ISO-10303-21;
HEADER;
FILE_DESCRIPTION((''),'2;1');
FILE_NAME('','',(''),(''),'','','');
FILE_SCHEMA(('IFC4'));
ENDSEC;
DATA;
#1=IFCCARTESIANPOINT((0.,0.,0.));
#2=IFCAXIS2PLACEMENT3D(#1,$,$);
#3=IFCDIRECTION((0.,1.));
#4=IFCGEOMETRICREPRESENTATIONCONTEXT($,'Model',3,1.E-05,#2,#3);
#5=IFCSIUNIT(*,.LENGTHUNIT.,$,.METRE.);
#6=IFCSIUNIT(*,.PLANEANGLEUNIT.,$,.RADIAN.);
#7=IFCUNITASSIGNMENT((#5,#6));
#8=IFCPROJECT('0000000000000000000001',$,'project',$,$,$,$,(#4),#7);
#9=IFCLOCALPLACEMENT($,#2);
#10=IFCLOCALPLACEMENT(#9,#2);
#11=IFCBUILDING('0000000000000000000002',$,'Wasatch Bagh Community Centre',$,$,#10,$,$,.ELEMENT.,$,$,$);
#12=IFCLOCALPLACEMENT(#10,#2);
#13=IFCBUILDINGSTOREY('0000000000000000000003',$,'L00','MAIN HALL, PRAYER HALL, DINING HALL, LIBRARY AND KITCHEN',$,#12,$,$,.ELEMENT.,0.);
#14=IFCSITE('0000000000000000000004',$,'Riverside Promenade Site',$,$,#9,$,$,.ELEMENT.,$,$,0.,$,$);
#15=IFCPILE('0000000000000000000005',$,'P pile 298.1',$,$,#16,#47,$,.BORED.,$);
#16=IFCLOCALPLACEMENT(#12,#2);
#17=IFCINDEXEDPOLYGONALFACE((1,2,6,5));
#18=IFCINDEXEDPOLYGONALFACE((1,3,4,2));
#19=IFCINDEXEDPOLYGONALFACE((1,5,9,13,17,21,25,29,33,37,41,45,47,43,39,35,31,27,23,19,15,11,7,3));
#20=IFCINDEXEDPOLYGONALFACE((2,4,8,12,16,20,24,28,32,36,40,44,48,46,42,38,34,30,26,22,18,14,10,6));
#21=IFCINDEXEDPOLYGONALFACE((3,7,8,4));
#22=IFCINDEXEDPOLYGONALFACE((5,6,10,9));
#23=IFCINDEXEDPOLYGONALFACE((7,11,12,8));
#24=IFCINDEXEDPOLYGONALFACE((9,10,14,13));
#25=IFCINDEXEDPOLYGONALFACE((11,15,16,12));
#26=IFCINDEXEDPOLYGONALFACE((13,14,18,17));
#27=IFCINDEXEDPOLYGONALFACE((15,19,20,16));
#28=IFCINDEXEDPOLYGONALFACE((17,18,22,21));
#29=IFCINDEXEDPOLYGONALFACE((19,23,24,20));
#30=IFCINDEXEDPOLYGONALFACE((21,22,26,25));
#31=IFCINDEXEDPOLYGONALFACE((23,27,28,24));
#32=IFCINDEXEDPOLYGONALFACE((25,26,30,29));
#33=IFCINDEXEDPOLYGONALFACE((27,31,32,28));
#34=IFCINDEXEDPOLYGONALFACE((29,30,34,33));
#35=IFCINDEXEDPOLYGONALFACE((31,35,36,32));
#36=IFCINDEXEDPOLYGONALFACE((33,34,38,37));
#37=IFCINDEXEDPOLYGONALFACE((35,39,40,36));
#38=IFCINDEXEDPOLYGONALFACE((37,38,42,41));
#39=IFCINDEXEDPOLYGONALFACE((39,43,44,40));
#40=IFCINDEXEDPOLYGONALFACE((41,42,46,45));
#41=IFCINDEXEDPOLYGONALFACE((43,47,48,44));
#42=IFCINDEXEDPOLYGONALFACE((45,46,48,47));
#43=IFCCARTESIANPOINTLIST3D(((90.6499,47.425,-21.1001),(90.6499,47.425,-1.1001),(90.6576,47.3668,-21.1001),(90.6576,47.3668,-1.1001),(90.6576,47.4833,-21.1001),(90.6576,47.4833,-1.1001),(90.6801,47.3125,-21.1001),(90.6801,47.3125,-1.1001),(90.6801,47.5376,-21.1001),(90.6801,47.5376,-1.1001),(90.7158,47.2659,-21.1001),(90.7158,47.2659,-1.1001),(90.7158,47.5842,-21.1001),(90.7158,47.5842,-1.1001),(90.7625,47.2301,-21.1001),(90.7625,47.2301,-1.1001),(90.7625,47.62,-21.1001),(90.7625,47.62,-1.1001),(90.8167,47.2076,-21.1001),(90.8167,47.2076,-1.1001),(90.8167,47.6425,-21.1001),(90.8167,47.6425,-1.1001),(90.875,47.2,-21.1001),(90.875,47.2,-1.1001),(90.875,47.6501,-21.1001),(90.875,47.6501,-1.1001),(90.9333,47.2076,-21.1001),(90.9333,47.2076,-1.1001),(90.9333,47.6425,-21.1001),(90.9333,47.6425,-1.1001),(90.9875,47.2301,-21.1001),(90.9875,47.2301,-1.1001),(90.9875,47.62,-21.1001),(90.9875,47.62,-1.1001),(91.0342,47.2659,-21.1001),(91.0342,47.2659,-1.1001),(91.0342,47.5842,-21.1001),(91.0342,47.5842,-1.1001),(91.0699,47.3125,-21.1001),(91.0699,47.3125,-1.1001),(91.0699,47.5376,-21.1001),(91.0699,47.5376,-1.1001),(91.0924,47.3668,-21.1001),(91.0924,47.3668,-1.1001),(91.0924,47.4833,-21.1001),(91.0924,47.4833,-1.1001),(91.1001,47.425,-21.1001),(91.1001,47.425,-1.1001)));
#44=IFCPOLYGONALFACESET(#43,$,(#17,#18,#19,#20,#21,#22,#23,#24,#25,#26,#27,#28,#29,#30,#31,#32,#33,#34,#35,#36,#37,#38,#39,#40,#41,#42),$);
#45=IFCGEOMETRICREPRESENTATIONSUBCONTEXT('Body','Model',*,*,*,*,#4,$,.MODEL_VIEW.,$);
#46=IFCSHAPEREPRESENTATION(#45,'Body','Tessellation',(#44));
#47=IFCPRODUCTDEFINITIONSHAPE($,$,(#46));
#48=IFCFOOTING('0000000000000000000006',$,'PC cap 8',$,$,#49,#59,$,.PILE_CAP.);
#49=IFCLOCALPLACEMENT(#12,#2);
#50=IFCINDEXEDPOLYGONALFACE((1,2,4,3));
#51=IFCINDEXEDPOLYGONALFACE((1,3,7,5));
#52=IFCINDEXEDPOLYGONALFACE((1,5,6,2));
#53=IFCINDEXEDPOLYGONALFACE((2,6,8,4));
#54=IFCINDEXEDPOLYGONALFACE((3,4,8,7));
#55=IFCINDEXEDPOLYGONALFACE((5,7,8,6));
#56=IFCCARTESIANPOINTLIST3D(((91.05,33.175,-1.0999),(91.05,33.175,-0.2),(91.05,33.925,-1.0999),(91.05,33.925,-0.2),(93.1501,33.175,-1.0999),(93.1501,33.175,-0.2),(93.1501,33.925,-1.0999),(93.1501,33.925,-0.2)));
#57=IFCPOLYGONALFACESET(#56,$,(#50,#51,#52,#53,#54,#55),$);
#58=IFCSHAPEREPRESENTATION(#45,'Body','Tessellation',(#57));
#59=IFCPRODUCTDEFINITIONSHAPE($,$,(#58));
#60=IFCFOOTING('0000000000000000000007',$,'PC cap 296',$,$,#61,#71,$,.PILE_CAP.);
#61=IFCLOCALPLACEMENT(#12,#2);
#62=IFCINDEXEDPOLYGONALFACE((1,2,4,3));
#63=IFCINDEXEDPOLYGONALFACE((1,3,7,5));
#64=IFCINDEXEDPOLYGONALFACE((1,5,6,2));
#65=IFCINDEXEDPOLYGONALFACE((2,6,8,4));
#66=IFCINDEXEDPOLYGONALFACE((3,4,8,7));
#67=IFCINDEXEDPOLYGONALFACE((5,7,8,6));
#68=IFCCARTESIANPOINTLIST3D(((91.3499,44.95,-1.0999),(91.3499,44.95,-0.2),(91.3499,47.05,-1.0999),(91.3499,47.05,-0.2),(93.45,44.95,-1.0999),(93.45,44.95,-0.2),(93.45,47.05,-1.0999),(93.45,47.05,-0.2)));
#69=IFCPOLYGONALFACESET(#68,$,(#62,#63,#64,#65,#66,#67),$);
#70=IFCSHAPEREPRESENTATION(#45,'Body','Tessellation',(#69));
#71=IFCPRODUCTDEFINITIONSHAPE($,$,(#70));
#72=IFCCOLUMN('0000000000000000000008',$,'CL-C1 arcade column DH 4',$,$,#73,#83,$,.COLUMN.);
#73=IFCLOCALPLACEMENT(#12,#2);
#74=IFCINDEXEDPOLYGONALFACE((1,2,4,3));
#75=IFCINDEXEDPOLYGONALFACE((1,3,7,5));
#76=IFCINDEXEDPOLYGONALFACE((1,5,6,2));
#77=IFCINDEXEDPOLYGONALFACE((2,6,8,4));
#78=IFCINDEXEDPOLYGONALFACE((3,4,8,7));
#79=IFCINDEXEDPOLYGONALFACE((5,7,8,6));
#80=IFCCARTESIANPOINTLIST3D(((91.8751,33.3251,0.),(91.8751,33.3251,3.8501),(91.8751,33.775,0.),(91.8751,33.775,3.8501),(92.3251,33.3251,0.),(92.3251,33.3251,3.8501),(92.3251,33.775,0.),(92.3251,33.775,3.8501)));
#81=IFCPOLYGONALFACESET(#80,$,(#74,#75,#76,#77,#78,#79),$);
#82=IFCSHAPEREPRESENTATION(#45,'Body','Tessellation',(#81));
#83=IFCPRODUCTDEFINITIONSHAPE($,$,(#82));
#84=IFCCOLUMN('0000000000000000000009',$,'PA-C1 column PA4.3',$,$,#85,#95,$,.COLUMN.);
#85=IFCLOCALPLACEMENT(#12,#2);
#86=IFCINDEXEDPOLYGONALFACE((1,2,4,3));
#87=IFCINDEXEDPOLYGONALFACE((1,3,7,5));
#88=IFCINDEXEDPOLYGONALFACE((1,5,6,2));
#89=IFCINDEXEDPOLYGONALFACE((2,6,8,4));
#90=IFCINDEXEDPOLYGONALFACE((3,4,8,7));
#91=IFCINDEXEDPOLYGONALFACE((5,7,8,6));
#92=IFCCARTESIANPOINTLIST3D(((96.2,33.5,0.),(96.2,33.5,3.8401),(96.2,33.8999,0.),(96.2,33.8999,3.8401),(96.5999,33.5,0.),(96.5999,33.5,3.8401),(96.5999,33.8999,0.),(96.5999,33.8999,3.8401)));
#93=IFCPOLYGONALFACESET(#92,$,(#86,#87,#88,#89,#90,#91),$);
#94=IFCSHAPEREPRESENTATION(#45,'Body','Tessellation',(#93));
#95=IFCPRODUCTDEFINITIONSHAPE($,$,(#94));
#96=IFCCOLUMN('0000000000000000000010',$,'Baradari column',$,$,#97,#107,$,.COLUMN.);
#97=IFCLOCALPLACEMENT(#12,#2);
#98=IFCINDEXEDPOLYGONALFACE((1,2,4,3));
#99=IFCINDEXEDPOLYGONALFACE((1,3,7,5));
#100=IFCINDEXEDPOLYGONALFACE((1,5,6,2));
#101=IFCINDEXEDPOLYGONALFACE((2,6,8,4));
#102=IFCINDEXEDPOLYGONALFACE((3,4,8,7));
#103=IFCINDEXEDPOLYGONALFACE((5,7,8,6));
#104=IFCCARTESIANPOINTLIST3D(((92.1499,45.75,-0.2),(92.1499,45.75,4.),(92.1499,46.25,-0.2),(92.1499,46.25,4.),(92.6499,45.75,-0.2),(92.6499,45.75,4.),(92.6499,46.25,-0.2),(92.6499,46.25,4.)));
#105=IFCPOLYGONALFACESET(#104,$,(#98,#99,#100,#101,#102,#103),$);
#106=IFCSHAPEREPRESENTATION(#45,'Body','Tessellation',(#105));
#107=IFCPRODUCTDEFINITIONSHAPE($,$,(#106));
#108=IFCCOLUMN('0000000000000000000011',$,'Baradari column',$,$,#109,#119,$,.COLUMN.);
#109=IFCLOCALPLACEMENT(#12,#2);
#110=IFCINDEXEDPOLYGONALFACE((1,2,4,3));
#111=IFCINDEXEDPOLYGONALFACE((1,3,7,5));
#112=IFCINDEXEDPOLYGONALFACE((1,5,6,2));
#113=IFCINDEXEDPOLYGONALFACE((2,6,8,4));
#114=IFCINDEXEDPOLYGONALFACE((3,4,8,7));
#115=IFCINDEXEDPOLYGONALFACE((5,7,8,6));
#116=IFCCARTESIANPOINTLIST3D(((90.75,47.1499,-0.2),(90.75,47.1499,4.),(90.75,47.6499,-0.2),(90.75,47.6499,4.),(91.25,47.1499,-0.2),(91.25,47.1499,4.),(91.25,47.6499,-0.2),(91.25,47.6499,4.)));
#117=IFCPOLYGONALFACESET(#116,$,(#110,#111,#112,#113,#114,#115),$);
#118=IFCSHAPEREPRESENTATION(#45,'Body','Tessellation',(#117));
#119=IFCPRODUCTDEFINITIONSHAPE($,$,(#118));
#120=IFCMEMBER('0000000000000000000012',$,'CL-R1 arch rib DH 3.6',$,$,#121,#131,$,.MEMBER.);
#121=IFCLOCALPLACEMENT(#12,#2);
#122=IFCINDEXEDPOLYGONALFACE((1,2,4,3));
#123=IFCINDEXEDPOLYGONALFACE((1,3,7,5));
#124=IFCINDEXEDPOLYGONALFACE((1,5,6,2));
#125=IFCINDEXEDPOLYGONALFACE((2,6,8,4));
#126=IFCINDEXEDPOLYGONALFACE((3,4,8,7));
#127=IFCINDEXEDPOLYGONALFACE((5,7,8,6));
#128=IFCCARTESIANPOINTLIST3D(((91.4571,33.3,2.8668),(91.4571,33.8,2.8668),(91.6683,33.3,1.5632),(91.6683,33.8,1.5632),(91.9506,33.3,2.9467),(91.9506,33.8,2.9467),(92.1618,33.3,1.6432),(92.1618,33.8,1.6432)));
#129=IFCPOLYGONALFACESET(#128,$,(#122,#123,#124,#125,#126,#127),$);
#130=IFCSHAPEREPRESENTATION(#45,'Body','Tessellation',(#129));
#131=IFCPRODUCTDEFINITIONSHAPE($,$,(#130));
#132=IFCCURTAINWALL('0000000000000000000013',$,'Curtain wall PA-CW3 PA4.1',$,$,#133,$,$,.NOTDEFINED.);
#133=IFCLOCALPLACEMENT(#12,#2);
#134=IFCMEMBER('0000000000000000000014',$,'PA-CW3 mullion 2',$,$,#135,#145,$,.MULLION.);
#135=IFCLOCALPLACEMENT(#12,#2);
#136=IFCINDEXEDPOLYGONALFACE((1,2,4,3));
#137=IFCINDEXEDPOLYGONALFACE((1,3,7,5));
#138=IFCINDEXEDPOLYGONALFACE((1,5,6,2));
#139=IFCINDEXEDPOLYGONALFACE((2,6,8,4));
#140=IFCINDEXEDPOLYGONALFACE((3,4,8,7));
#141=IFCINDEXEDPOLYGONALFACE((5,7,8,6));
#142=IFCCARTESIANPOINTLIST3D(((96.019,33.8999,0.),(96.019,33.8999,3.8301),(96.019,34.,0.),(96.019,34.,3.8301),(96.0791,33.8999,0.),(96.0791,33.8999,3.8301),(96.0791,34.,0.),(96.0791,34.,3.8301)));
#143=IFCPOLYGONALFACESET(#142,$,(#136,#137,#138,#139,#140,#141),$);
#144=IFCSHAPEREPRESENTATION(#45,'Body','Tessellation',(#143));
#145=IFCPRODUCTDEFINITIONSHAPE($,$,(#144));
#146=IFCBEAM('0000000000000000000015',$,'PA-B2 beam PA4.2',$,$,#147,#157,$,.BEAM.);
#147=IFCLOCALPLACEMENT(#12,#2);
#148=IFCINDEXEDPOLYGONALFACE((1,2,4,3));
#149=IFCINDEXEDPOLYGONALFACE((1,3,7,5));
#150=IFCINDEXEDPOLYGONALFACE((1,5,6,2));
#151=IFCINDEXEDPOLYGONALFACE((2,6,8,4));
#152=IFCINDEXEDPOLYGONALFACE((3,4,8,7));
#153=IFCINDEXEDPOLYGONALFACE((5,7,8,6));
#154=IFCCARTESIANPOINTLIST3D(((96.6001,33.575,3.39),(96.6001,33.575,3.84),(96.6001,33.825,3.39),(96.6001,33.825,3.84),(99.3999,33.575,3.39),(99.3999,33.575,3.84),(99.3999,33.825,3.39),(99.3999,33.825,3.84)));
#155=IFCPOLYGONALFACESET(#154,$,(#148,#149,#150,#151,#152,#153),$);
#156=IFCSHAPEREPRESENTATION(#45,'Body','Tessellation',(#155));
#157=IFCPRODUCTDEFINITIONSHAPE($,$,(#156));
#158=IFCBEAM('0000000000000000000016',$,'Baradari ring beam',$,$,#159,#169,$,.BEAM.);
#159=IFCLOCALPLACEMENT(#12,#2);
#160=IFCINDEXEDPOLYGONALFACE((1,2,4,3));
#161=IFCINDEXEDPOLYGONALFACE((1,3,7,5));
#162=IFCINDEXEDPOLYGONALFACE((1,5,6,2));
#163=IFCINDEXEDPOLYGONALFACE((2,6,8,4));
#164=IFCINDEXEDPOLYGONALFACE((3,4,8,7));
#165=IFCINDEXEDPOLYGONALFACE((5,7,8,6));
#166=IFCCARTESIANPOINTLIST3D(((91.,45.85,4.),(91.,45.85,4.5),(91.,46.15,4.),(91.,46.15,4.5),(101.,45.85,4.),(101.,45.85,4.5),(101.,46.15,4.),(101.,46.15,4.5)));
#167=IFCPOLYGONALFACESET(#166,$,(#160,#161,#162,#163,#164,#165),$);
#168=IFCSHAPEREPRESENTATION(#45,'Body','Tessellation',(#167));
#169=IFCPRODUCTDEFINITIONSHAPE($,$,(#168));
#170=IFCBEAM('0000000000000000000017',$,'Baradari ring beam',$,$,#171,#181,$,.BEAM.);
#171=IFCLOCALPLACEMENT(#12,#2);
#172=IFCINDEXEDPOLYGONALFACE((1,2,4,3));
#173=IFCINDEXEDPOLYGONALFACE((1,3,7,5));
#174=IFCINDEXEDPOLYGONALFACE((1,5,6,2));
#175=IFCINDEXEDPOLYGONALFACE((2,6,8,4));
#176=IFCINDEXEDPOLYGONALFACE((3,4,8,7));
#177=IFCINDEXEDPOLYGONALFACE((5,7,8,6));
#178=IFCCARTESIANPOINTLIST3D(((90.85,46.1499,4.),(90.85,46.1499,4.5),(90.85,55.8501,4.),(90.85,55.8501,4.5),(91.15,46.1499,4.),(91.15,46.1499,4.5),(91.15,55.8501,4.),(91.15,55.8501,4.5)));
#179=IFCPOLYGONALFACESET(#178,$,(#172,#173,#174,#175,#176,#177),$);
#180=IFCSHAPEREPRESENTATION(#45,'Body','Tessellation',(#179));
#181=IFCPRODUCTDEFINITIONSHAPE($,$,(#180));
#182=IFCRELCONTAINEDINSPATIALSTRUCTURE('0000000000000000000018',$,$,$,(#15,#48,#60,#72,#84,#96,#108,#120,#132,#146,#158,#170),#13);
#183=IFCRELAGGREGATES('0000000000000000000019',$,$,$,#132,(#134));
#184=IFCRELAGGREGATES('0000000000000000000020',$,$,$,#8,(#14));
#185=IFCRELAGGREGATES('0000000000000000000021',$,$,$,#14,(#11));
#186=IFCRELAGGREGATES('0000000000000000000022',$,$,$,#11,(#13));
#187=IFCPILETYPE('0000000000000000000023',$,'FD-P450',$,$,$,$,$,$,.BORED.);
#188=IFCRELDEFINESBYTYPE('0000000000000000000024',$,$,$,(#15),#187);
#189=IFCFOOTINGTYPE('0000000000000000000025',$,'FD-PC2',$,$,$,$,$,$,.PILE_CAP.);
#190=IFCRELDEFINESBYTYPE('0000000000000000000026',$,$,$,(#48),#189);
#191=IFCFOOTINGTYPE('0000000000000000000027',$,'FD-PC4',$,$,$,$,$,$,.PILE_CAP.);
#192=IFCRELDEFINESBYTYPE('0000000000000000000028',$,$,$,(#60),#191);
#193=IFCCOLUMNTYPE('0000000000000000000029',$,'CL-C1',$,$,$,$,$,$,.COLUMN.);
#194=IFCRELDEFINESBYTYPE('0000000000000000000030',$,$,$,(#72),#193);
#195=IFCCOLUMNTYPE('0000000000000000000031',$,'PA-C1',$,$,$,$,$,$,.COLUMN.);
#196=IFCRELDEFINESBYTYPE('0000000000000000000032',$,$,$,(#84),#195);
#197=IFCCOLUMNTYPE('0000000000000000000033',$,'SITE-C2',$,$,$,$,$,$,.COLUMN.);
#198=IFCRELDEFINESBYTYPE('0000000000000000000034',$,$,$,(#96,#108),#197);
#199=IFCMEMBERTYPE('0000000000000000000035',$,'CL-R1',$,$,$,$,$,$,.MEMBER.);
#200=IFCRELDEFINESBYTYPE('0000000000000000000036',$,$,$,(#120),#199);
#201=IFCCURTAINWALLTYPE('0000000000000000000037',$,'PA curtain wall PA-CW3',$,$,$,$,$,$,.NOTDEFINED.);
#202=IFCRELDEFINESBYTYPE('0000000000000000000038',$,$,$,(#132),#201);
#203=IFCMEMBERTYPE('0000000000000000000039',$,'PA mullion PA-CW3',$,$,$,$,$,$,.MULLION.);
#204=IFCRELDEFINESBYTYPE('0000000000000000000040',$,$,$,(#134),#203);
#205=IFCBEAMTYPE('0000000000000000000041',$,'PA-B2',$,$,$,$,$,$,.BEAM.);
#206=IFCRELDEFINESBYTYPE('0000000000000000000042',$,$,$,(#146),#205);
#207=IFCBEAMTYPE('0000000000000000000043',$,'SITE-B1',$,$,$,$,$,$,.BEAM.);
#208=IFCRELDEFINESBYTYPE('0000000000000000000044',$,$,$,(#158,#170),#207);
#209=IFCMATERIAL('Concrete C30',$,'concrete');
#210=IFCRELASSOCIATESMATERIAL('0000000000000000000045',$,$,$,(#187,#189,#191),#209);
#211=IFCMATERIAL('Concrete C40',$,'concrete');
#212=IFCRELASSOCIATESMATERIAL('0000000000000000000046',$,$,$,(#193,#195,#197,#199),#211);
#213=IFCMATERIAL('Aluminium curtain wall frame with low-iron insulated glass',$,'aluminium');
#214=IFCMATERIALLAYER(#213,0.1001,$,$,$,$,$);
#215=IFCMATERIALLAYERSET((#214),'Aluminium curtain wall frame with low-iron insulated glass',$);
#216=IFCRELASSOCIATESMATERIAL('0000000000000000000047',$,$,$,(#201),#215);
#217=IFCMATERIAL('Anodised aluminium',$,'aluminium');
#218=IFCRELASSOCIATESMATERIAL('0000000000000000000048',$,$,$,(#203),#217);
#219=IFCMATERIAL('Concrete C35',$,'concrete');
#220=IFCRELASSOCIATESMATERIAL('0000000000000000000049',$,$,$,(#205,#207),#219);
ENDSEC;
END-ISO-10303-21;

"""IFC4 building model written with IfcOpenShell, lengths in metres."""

from ifc_helpers import new_model, si_unit, direction, frame, origin, origin_2d, place, context, subcontext, project, spatial, rectangle, circle, extrude, material, layer, layer_set, material_profile, profile_set, type_object, element, aggregate, save


model = new_model("IFC4")

# Units and contexts
model_context = context("Model", 3, precision=1e-05, world=origin(), true_north=direction((0.0, 1.0)))
body_context = subcontext(model_context, "Body", "Model", "MODEL_VIEW")
ifc_project = project(units=[si_unit("LENGTHUNIT", "METRE"), si_unit("PLANEANGLEUNIT", "RADIAN")], contexts=[model_context])

# Site, building, storey
site_placement = place(None, origin())
site = spatial("IfcSite", under=ifc_project, at=site_placement, Name="Riverside Promenade Site", CompositionType="ELEMENT", RefElevation=0.0)
building_placement = place(site_placement, origin())
building = spatial("IfcBuilding", under=site, at=building_placement, Name="Wasatch Bagh Community Centre", CompositionType="ELEMENT")
storey_placement = place(building_placement, origin())
storey = spatial("IfcBuildingStorey", under=building, at=storey_placement, Name="L00", Description="MAIN HALL, PRAYER HALL, DINING HALL, LIBRARY AND KITCHEN", CompositionType="ELEMENT", Elevation=0.0)

# Pile
ifc_material_1 = material(Name="Concrete C30", Category="concrete")
ifc_material_profile_1 = material_profile(ifc_material_1, circle(Radius=0.2251, at=origin_2d()), Name="RC D450")
ifc_profile_set_1 = profile_set([ifc_material_profile_1], Name="Concrete C30")
pile_type = type_object("IfcPileType", Name="FD-P450", PredefinedType="BORED", material=ifc_profile_set_1)
for number, where, z_axis, x_axis, name in (
    (1, (90.875, 47.425, -1.1001), (0.0, 0.0, -1.0), (1.0, 0.0, 0.0), "P pile 298.1"),
):
    element("IfcPile", number, at=place(storey_placement, frame(where, z_axis=z_axis, x_axis=x_axis)), inside=storey, type_object=pile_type, Name=name, PredefinedType="BORED", context=body_context, shape_type="SweptSolid", body=[
        extrude(circle(Radius=0.2251, at=origin_2d()), origin(), (0.0, 0.0, 1.0), 20.0),
    ])

# Footings
footing_type_1 = type_object("IfcFootingType", Name="FD-PC2", PredefinedType="PILE_CAP", material=ifc_material_1)
footing_1_placement = place(storey_placement, frame((92.1001, 33.55, -1.0999), z_axis=(0.0, 0.0, 1.0), x_axis=(1.0, 0.0, 0.0)))
element("IfcFooting", 2, at=footing_1_placement, inside=storey, type_object=footing_type_1, Name="PC cap 8", PredefinedType="PILE_CAP", context=body_context, shape_type="SweptSolid", body=[
    extrude(rectangle(XDim=2.1001, YDim=0.75, at=origin_2d()), origin(), (0.0, 0.0, 1.0), 0.8999),
])
footing_type_2 = type_object("IfcFootingType", Name="FD-PC4", PredefinedType="PILE_CAP", material=ifc_material_1)
footing_2_placement = place(storey_placement, frame((92.3999, 46.0, -1.0999), z_axis=(0.0, 0.0, 1.0), x_axis=(1.0, 0.0, 0.0)))
element("IfcFooting", 3, at=footing_2_placement, inside=storey, type_object=footing_type_2, Name="PC cap 296", PredefinedType="PILE_CAP", context=body_context, shape_type="SweptSolid", body=[
    extrude(rectangle(XDim=2.1001, YDim=2.1001, at=origin_2d()), origin(), (0.0, 0.0, 1.0), 0.8999),
])

# Columns
ifc_material_2 = material(Name="Concrete C40", Category="concrete")
ifc_material_profile_2 = material_profile(ifc_material_2, rectangle(XDim=0.45, YDim=0.45, at=origin_2d()), Name="RC 450x450")
ifc_profile_set_2 = profile_set([ifc_material_profile_2], Name="Concrete C40")
column_type_1 = type_object("IfcColumnType", Name="CL-C1", PredefinedType="COLUMN", material=ifc_profile_set_2)
column_1_placement = place(storey_placement, frame((92.1001, 33.55, 0.0), z_axis=(0.0, 0.0, 1.0), x_axis=(1.0, 0.0, 0.0)))
element("IfcColumn", 4, at=column_1_placement, inside=storey, type_object=column_type_1, Name="CL-C1 arcade column DH 4", PredefinedType="COLUMN", context=body_context, shape_type="SweptSolid", body=[
    extrude(rectangle(XDim=0.45, YDim=0.45, at=origin_2d()), origin(), (0.0, 0.0, 1.0), 3.8501),
])
ifc_material_profile_3 = material_profile(ifc_material_2, rectangle(XDim=0.3999, YDim=0.3999, at=origin_2d()), Name="RC 400x400")
ifc_profile_set_3 = profile_set([ifc_material_profile_3], Name="Concrete C40")
column_type_2 = type_object("IfcColumnType", Name="PA-C1", PredefinedType="COLUMN", material=ifc_profile_set_3)
column_2_placement = place(storey_placement, frame((96.3999, 33.7, 0.0), z_axis=(0.0, 0.0, 1.0), x_axis=(1.0, 0.0, 0.0)))
element("IfcColumn", 5, at=column_2_placement, inside=storey, type_object=column_type_2, Name="PA-C1 column PA4.3", PredefinedType="COLUMN", context=body_context, shape_type="SweptSolid", body=[
    extrude(rectangle(XDim=0.3999, YDim=0.3999, at=origin_2d()), origin(), (0.0, 0.0, 1.0), 3.8401),
])
ifc_material_profile_4 = material_profile(ifc_material_2, rectangle(XDim=0.5, YDim=0.5, at=origin_2d()), Name="RC 500x500")
ifc_profile_set_4 = profile_set([ifc_material_profile_4], Name="Concrete C40")
column_type_3 = type_object("IfcColumnType", Name="SITE-C2", PredefinedType="COLUMN", material=ifc_profile_set_4)
for number, where, z_axis, x_axis, name in (
    (6, (92.3999, 46.0, -0.2), (0.0, 0.0, 1.0), (1.0, 0.0, 0.0), "Baradari column"),
    (7, (91.0, 47.3999, -0.2), (0.0, 0.0, 1.0), (1.0, 0.0, 0.0), "Baradari column"),
):
    element("IfcColumn", number, at=place(storey_placement, frame(where, z_axis=z_axis, x_axis=x_axis)), inside=storey, type_object=column_type_3, Name=name, PredefinedType="COLUMN", context=body_context, shape_type="SweptSolid", body=[
        extrude(rectangle(XDim=0.5, YDim=0.5, at=origin_2d()), origin(), (0.0, 0.0, 1.0), 4.2),
    ])

# Member
ifc_material_profile_5 = material_profile(ifc_material_2, rectangle(XDim=0.5, YDim=0.5, at=origin_2d()), Name="RC 500x500")
ifc_profile_set_5 = profile_set([ifc_material_profile_5], Name="Concrete C40")
member_type_1 = type_object("IfcMemberType", Name="CL-R1", PredefinedType="MEMBER", material=ifc_profile_set_5)
member_1_placement = place(storey_placement, frame((91.7039, 33.55, 2.9067), z_axis=(0.15993, 0.0, -0.987128), x_axis=(0.0, 1.0, 0.0)))
element("IfcMember", 8, at=member_1_placement, inside=storey, type_object=member_type_1, Name="CL-R1 arch rib DH 3.6", PredefinedType="MEMBER", context=body_context, shape_type="SweptSolid", body=[
    extrude(rectangle(XDim=0.5, YDim=0.5, at=origin_2d()), origin(), (0.0, 0.0, 1.0), 1.3206),
])

# Curtain wall, member
ifc_material_3 = material(Name="Aluminium curtain wall frame with low-iron insulated glass", Category="aluminium")
ifc_layer_1 = layer(ifc_material_3, 0.1001)
ifc_layer_set_1 = layer_set([ifc_layer_1], Name="Aluminium curtain wall frame with low-iron insulated glass")
curtain_wall_type = type_object("IfcCurtainWallType", Name="PA curtain wall PA-CW3", PredefinedType="NOTDEFINED", material=ifc_layer_set_1)
curtain_wall_placement = place(storey_placement, origin())
curtain_wall = element("IfcCurtainWall", 9, at=curtain_wall_placement, inside=storey, type_object=curtain_wall_type, Name="Curtain wall PA-CW3 PA4.1", PredefinedType="NOTDEFINED")
ifc_material_4 = material(Name="Anodised aluminium", Category="aluminium")
ifc_material_profile_6 = material_profile(ifc_material_4, rectangle(XDim=0.0601, YDim=0.1001, at=origin_2d()), Name="PA mullion PA-CW3")
ifc_profile_set_6 = profile_set([ifc_material_profile_6], Name="Anodised aluminium")
member_type_2 = type_object("IfcMemberType", Name="PA mullion PA-CW3", PredefinedType="MULLION", material=ifc_profile_set_6)
member_2_placement = place(storey_placement, frame((96.0491, 33.95, 0.0), z_axis=(0.0, 0.0, 1.0), x_axis=(-1.0, 0.0, 0.0)))
member_2 = element("IfcMember", 10, at=member_2_placement, type_object=member_type_2, Name="PA-CW3 mullion 2", PredefinedType="MULLION", context=body_context, shape_type="SweptSolid", body=[
    extrude(rectangle(XDim=0.0601, YDim=0.1001, at=origin_2d()), origin(), (0.0, 0.0, 1.0), 3.8301),
])
aggregate(curtain_wall, [member_2])

# Beams
ifc_material_5 = material(Name="Concrete C35", Category="concrete")
ifc_material_profile_7 = material_profile(ifc_material_5, rectangle(XDim=0.25, YDim=0.45, at=origin_2d()), Name="RC 250x450")
ifc_profile_set_7 = profile_set([ifc_material_profile_7], Name="Concrete C35")
beam_type_1 = type_object("IfcBeamType", Name="PA-B2", PredefinedType="BEAM", material=ifc_profile_set_7)
beam_1_placement = place(storey_placement, frame((96.6001, 33.7, 3.615), z_axis=(1.0, 0.0, 0.0), x_axis=(0.0, 1.0, 0.0)))
element("IfcBeam", 11, at=beam_1_placement, inside=storey, type_object=beam_type_1, Name="PA-B2 beam PA4.2", PredefinedType="BEAM", context=body_context, shape_type="SweptSolid", body=[
    extrude(rectangle(XDim=0.25, YDim=0.45, at=origin_2d()), origin(), (0.0, 0.0, 1.0), 2.7998),
])
ifc_material_profile_8 = material_profile(ifc_material_5, rectangle(XDim=0.3, YDim=0.5, at=origin_2d()), Name="RC 300x500")
ifc_profile_set_8 = profile_set([ifc_material_profile_8], Name="Concrete C35")
beam_type_2 = type_object("IfcBeamType", Name="SITE-B1", PredefinedType="BEAM", material=ifc_profile_set_8)
beam_2_placement = place(storey_placement, frame((91.0, 46.0, 4.25), z_axis=(1.0, 0.0, 0.0), x_axis=(0.0, 1.0, 0.0)))
element("IfcBeam", 12, at=beam_2_placement, inside=storey, type_object=beam_type_2, Name="Baradari ring beam", PredefinedType="BEAM", context=body_context, shape_type="SweptSolid", body=[
    extrude(rectangle(XDim=0.3, YDim=0.5, at=origin_2d()), origin(), (0.0, 0.0, 1.0), 10.0),
])
beam_3_placement = place(storey_placement, frame((91.0, 46.1499, 4.25), z_axis=(0.0, 1.0, 0.0), x_axis=(-1.0, 0.0, 0.0)))
element("IfcBeam", 13, at=beam_3_placement, inside=storey, type_object=beam_type_2, Name="Baradari ring beam", PredefinedType="BEAM", context=body_context, shape_type="SweptSolid", body=[
    extrude(rectangle(XDim=0.3, YDim=0.5, at=origin_2d()), origin(), (0.0, 0.0, 1.0), 9.7002),
])

save(model, "model.ifc")
